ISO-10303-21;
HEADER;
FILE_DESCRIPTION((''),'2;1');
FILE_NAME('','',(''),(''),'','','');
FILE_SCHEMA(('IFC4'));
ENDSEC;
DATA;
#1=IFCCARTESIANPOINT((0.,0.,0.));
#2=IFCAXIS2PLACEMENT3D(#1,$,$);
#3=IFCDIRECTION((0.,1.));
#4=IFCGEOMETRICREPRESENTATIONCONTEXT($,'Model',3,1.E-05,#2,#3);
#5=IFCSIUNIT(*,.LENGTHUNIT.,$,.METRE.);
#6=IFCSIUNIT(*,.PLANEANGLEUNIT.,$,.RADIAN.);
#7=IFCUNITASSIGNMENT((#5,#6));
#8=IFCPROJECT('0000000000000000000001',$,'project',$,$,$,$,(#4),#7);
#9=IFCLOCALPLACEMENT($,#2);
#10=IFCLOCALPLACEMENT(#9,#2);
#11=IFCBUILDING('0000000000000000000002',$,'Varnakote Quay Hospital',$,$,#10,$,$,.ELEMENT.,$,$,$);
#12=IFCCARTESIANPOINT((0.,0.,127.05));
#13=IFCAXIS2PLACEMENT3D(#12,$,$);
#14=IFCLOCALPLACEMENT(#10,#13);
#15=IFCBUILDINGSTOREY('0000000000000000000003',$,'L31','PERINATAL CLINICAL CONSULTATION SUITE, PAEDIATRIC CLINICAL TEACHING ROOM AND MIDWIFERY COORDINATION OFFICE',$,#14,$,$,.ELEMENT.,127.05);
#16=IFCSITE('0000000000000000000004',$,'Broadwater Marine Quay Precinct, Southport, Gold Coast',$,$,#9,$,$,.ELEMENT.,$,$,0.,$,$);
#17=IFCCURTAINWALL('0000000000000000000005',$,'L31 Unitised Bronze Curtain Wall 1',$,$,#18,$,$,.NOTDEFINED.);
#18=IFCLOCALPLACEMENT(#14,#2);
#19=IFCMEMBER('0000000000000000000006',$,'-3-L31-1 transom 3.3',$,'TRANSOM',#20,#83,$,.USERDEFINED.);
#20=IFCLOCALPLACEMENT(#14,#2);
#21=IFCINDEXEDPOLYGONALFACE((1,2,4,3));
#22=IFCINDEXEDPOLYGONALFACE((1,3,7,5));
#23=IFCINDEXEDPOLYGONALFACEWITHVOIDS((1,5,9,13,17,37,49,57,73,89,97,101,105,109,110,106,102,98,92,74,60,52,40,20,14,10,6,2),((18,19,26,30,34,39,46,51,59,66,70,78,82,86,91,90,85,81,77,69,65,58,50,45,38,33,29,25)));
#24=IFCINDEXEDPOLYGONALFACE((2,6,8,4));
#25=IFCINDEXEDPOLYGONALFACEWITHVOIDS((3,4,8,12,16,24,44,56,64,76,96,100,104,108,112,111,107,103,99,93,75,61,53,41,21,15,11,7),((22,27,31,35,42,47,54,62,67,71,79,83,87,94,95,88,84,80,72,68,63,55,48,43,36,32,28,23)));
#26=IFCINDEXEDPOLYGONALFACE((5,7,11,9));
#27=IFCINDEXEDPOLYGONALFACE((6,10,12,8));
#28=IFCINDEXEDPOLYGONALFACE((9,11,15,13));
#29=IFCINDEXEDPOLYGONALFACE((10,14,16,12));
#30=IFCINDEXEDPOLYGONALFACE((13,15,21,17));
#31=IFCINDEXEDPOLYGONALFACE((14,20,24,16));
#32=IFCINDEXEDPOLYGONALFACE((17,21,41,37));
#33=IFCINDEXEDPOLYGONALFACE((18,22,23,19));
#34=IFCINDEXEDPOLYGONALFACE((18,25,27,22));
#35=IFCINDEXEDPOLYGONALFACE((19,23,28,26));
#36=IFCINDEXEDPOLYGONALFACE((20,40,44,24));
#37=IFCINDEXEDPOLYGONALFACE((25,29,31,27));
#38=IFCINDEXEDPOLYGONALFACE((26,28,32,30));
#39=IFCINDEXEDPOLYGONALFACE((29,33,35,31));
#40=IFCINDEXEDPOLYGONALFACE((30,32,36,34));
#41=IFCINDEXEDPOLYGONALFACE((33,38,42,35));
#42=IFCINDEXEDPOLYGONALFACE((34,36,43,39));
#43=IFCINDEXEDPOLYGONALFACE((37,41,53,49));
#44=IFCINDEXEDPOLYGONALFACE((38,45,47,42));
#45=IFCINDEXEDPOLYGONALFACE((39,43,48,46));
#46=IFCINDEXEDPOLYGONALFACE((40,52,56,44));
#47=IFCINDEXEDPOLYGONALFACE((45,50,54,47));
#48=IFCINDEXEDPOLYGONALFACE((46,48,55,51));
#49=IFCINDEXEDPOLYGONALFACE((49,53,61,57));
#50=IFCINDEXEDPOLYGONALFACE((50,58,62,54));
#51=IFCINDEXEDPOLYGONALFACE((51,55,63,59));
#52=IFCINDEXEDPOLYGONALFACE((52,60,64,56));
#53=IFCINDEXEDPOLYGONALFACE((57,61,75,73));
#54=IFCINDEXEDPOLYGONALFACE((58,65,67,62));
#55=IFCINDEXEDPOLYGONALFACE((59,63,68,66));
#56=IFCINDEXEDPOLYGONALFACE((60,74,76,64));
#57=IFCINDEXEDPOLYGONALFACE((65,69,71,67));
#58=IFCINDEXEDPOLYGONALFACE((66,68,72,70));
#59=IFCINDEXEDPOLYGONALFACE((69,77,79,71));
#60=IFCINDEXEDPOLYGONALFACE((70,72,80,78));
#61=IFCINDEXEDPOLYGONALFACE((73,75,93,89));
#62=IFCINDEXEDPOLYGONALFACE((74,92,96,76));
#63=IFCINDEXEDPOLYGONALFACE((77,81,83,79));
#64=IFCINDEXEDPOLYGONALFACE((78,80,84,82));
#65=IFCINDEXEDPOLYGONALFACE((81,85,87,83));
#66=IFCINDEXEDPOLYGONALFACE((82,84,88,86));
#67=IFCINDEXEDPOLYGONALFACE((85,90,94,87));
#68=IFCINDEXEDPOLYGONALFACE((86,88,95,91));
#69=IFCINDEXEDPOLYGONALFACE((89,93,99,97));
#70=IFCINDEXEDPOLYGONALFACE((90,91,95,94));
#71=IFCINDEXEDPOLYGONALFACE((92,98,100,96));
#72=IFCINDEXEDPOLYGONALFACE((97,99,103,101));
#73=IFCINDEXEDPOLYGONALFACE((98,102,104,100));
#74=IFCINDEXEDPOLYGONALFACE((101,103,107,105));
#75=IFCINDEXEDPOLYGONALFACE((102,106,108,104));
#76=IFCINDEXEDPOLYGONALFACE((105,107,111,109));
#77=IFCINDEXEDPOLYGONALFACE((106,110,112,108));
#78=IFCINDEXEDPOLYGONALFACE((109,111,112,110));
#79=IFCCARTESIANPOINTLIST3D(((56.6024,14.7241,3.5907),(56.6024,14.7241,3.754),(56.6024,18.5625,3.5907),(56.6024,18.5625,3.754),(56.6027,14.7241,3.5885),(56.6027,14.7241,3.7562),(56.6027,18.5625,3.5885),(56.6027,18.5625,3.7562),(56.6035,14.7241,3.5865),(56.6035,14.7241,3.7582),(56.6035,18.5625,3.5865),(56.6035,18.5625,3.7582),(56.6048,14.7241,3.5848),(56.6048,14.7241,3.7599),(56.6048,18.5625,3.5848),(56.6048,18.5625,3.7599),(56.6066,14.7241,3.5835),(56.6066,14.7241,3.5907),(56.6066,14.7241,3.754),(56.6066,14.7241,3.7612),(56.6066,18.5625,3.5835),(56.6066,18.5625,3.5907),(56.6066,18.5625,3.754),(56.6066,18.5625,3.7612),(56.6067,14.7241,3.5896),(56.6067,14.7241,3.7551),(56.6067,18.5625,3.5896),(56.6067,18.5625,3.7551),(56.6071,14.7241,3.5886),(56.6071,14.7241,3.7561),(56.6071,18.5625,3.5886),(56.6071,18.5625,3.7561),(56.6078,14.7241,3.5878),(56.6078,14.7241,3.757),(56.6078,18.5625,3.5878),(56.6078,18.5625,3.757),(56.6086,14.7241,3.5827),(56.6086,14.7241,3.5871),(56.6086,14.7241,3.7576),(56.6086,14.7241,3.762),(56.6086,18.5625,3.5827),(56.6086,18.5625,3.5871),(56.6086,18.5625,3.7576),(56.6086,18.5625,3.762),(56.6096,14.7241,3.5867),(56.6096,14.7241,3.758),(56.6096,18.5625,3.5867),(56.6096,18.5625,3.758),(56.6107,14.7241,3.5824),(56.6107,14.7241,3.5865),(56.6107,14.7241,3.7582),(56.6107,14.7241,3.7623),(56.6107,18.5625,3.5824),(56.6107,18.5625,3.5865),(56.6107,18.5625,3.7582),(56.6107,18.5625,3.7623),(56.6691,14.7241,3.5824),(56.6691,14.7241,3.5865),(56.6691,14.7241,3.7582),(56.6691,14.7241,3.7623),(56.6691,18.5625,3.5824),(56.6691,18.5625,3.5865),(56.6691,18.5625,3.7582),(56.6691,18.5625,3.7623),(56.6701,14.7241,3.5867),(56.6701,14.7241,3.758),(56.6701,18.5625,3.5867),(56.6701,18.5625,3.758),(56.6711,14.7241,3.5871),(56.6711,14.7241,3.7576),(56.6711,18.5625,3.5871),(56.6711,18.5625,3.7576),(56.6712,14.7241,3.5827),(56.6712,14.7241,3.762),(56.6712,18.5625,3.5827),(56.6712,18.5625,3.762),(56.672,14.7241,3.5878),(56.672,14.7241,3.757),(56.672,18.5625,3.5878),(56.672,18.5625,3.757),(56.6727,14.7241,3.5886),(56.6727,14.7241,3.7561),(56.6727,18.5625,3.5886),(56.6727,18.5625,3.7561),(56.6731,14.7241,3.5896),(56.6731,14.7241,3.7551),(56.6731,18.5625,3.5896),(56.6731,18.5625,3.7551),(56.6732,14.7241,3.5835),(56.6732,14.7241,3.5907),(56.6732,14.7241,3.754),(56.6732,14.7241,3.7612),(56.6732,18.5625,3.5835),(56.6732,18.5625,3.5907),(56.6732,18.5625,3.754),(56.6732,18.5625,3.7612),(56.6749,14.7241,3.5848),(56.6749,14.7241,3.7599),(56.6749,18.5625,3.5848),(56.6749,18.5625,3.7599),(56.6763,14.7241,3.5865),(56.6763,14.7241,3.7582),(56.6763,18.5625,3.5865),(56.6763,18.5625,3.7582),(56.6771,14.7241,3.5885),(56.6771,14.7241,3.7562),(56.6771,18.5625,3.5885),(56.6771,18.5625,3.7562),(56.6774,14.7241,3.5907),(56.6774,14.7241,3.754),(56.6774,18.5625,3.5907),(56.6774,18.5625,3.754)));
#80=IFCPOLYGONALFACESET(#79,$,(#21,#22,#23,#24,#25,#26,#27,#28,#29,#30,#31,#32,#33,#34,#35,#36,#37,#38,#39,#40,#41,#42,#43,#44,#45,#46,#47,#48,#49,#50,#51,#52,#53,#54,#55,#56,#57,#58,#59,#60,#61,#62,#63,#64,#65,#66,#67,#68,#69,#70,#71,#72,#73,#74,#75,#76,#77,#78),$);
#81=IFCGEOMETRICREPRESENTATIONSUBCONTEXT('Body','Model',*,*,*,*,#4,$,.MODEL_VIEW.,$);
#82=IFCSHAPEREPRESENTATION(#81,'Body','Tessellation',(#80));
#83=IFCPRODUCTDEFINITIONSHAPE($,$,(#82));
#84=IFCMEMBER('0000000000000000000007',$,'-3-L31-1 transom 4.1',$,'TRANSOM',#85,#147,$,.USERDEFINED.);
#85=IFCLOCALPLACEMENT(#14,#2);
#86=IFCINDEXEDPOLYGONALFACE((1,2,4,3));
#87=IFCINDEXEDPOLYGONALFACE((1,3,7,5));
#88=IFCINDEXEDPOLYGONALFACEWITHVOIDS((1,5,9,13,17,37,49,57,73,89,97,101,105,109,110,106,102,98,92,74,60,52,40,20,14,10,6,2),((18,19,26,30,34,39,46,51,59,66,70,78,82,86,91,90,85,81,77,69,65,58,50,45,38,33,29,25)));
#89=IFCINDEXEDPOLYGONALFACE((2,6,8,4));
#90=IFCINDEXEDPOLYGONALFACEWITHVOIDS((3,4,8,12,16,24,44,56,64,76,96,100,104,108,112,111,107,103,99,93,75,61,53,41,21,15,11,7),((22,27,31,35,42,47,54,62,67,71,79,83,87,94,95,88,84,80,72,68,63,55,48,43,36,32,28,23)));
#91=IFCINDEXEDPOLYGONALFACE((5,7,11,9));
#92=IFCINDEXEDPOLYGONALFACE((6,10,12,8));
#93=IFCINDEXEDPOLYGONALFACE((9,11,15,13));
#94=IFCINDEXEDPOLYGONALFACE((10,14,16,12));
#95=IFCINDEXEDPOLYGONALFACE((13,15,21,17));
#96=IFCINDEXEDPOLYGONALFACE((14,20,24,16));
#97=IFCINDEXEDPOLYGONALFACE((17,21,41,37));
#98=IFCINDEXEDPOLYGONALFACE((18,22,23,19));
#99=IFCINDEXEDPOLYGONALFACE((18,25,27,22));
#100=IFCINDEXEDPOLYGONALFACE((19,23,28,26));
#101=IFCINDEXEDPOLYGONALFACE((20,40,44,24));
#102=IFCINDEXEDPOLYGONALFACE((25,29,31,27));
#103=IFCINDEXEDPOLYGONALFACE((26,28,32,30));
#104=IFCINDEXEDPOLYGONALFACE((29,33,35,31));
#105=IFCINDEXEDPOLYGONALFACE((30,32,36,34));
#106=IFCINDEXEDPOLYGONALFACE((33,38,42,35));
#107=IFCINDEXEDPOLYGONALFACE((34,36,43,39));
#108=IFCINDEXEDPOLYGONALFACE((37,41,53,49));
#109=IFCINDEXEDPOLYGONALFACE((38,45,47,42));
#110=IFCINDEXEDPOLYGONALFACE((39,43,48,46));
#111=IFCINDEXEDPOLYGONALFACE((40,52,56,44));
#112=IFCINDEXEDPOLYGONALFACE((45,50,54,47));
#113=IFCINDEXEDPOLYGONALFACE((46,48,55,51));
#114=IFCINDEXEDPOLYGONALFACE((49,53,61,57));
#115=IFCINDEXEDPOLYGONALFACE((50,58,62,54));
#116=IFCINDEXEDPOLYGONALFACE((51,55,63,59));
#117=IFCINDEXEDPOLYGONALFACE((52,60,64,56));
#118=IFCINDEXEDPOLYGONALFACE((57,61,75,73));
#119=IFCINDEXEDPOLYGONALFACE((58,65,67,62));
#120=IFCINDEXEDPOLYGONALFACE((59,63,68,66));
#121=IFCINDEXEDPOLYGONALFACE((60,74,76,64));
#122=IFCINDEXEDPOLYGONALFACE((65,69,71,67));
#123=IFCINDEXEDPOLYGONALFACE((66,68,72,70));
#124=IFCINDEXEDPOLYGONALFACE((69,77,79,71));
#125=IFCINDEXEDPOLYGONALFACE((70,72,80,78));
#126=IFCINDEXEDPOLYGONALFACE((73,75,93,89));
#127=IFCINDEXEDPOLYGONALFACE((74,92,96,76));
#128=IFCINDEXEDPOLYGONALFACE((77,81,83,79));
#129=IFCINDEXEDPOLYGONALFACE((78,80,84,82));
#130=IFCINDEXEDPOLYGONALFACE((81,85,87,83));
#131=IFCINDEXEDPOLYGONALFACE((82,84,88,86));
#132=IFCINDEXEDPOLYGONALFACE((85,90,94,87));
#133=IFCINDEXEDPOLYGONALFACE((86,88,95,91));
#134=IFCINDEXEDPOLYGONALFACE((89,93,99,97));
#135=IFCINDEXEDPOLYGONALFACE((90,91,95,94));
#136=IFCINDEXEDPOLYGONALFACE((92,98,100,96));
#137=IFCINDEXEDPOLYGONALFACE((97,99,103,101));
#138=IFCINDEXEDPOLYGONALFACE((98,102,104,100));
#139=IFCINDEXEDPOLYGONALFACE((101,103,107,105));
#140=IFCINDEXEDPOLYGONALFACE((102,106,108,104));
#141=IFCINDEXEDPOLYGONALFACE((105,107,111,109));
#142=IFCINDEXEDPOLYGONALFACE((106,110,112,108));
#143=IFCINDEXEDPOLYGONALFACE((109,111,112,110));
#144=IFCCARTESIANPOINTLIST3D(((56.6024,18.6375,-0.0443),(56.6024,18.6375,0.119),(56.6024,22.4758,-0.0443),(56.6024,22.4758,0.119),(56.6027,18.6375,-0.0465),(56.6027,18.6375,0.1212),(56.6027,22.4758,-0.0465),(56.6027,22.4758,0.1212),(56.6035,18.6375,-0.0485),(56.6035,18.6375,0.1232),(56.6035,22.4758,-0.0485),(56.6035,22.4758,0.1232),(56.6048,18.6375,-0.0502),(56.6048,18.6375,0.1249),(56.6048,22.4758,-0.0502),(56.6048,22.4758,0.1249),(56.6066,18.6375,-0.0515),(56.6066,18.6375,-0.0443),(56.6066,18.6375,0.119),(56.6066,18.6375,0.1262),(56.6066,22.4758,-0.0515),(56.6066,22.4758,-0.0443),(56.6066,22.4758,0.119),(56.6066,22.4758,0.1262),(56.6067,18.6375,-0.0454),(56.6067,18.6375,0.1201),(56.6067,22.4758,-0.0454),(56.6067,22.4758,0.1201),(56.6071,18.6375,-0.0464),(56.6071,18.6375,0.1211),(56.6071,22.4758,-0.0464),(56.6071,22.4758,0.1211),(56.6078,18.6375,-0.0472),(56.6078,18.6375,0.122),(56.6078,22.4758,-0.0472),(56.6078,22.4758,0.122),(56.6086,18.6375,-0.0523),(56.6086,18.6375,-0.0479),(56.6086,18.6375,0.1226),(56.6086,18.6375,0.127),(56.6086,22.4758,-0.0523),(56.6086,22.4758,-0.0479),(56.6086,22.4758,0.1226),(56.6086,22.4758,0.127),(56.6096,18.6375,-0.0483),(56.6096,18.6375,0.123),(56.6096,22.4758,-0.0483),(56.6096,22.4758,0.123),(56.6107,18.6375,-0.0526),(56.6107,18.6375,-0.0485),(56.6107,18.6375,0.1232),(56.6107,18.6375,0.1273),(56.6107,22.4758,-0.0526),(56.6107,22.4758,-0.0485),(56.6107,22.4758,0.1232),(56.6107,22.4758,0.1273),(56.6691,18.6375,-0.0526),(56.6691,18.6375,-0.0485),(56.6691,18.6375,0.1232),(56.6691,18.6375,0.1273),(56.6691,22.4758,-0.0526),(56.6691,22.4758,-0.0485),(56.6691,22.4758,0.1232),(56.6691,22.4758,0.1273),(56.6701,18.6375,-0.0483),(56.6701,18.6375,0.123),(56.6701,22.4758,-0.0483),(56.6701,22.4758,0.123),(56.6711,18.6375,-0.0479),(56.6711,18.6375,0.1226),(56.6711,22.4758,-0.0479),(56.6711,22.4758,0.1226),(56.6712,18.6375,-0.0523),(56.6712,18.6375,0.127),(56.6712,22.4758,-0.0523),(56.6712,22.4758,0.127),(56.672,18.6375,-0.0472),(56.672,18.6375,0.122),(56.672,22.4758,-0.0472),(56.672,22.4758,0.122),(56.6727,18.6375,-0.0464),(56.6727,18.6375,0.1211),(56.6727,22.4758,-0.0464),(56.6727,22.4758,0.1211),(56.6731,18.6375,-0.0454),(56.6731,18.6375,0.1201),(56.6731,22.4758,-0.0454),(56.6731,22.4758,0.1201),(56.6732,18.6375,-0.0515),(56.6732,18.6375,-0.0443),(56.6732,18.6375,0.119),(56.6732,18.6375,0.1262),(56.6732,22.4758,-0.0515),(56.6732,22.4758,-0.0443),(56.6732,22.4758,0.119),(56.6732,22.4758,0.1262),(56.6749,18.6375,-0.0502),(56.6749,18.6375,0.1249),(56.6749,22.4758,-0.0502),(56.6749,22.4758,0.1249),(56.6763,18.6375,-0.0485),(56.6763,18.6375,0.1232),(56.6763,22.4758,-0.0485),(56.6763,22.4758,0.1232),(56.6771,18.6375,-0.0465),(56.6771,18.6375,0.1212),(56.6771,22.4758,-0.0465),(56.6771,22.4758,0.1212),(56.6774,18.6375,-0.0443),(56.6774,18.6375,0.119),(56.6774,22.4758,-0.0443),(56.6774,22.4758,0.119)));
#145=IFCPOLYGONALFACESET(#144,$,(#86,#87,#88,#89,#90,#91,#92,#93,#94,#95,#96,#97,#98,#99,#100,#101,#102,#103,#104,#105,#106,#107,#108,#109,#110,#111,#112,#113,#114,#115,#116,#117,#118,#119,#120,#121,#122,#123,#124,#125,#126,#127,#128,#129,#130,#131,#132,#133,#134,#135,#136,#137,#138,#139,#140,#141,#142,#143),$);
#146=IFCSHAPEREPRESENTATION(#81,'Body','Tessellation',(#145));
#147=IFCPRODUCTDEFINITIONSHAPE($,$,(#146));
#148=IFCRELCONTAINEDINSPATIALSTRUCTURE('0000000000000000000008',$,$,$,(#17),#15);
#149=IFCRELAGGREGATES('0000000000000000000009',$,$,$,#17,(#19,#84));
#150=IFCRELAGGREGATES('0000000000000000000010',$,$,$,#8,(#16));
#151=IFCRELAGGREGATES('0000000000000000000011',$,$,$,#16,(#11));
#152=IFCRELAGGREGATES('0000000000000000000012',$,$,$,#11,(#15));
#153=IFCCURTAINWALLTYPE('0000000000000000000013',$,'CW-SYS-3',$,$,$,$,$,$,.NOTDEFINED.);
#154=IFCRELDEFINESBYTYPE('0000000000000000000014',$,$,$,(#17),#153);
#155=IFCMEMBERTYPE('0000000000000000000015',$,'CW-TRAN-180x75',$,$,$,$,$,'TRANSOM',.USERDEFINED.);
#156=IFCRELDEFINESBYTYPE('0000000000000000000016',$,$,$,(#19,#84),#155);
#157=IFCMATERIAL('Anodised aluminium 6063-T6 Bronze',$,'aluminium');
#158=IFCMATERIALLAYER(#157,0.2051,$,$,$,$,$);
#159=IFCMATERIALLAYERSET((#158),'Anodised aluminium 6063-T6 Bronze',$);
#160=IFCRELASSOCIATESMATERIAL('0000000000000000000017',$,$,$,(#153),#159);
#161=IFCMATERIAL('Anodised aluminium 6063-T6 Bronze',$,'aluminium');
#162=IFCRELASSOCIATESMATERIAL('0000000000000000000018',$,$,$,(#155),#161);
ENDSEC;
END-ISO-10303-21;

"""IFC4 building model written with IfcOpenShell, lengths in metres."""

from ifc_helpers import new_model, si_unit, direction, frame, origin, origin_2d, place, context, subcontext, project, spatial, hollow_rectangle, extrude, material, layer, layer_set, material_profile, profile_set, type_object, element, aggregate, save


model = new_model("IFC4")

# Units and contexts
model_context = context("Model", 3, precision=1e-05, world=origin(), true_north=direction((0.0, 1.0)))
body_context = subcontext(model_context, "Body", "Model", "MODEL_VIEW")
ifc_project = project(units=[si_unit("LENGTHUNIT", "METRE"), si_unit("PLANEANGLEUNIT", "RADIAN")], contexts=[model_context])

# Site, building, storey
site_placement = place(None, origin())
site = spatial("IfcSite", under=ifc_project, at=site_placement, Name="Broadwater Marine Quay Precinct, Southport, Gold Coast", CompositionType="ELEMENT", RefElevation=0.0)
building_placement = place(site_placement, origin())
building = spatial("IfcBuilding", under=site, at=building_placement, Name="Varnakote Quay Hospital", CompositionType="ELEMENT")
storey_placement = place(building_placement, frame((0.0, 0.0, 127.05)))
storey = spatial("IfcBuildingStorey", under=building, at=storey_placement, Name="L31", Description="PERINATAL CLINICAL CONSULTATION SUITE, PAEDIATRIC CLINICAL TEACHING ROOM AND MIDWIFERY COORDINATION OFFICE", CompositionType="ELEMENT", Elevation=127.05)

# Curtain wall, members
ifc_material_1 = material(Name="Anodised aluminium 6063-T6 Bronze", Category="aluminium")
ifc_layer_1 = layer(ifc_material_1, 0.2051)
ifc_layer_set_1 = layer_set([ifc_layer_1], Name="Anodised aluminium 6063-T6 Bronze")
curtain_wall_type = type_object("IfcCurtainWallType", Name="CW-SYS-3", PredefinedType="NOTDEFINED", material=ifc_layer_set_1)
curtain_wall_placement = place(storey_placement, origin())
curtain_wall = element("IfcCurtainWall", 1, at=curtain_wall_placement, inside=storey, type_object=curtain_wall_type, Name="L31 Unitised Bronze Curtain Wall 1", PredefinedType="NOTDEFINED")
ifc_material_2 = material(Name="Anodised aluminium 6063-T6 Bronze", Category="aluminium")
ifc_material_profile_1 = material_profile(ifc_material_2, hollow_rectangle(XDim=0.075, YDim=0.1799, WallThickness=0.0042, InnerFilletRadius=0.0042, OuterFilletRadius=0.0083, at=origin_2d()), Name="CW-TRAN-180x75")
ifc_profile_set_1 = profile_set([ifc_material_profile_1], Name="Anodised aluminium 6063-T6 Bronze")
member_type_1 = type_object("IfcMemberType", Name="CW-TRAN-180x75", ElementType="TRANSOM", PredefinedType="USERDEFINED", material=ifc_profile_set_1)
member_1_placement = place(storey_placement, frame((56.6399, 14.7241, 3.6724), z_axis=(0.0, 1.0, 0.0), x_axis=(-1.0, 0.0, 0.0)))
member_1 = element("IfcMember", 2, at=member_1_placement, type_object=member_type_1, Name="-3-L31-1 transom 3.3", ObjectType="TRANSOM", PredefinedType="USERDEFINED", context=body_context, shape_type="SweptSolid", body=[
    extrude(hollow_rectangle(XDim=0.075, YDim=0.1799, WallThickness=0.0042, InnerFilletRadius=0.0042, OuterFilletRadius=0.0083, at=origin_2d()), origin(), (0.0, 0.0, 1.0), 3.8384),
])
member_2_placement = place(storey_placement, frame((56.6399, 18.6375, 0.0374), z_axis=(0.0, 1.0, 0.0), x_axis=(-1.0, 0.0, 0.0)))
member_2 = element("IfcMember", 3, at=member_2_placement, type_object=member_type_1, Name="-3-L31-1 transom 4.1", ObjectType="TRANSOM", PredefinedType="USERDEFINED", context=body_context, shape_type="SweptSolid", body=[
    extrude(hollow_rectangle(XDim=0.075, YDim=0.1799, WallThickness=0.0042, InnerFilletRadius=0.0042, OuterFilletRadius=0.0083, at=origin_2d()), origin(), (0.0, 0.0, 1.0), 3.8384),
])
aggregate(curtain_wall, [member_1, member_2])

save(model, "model.ifc")
